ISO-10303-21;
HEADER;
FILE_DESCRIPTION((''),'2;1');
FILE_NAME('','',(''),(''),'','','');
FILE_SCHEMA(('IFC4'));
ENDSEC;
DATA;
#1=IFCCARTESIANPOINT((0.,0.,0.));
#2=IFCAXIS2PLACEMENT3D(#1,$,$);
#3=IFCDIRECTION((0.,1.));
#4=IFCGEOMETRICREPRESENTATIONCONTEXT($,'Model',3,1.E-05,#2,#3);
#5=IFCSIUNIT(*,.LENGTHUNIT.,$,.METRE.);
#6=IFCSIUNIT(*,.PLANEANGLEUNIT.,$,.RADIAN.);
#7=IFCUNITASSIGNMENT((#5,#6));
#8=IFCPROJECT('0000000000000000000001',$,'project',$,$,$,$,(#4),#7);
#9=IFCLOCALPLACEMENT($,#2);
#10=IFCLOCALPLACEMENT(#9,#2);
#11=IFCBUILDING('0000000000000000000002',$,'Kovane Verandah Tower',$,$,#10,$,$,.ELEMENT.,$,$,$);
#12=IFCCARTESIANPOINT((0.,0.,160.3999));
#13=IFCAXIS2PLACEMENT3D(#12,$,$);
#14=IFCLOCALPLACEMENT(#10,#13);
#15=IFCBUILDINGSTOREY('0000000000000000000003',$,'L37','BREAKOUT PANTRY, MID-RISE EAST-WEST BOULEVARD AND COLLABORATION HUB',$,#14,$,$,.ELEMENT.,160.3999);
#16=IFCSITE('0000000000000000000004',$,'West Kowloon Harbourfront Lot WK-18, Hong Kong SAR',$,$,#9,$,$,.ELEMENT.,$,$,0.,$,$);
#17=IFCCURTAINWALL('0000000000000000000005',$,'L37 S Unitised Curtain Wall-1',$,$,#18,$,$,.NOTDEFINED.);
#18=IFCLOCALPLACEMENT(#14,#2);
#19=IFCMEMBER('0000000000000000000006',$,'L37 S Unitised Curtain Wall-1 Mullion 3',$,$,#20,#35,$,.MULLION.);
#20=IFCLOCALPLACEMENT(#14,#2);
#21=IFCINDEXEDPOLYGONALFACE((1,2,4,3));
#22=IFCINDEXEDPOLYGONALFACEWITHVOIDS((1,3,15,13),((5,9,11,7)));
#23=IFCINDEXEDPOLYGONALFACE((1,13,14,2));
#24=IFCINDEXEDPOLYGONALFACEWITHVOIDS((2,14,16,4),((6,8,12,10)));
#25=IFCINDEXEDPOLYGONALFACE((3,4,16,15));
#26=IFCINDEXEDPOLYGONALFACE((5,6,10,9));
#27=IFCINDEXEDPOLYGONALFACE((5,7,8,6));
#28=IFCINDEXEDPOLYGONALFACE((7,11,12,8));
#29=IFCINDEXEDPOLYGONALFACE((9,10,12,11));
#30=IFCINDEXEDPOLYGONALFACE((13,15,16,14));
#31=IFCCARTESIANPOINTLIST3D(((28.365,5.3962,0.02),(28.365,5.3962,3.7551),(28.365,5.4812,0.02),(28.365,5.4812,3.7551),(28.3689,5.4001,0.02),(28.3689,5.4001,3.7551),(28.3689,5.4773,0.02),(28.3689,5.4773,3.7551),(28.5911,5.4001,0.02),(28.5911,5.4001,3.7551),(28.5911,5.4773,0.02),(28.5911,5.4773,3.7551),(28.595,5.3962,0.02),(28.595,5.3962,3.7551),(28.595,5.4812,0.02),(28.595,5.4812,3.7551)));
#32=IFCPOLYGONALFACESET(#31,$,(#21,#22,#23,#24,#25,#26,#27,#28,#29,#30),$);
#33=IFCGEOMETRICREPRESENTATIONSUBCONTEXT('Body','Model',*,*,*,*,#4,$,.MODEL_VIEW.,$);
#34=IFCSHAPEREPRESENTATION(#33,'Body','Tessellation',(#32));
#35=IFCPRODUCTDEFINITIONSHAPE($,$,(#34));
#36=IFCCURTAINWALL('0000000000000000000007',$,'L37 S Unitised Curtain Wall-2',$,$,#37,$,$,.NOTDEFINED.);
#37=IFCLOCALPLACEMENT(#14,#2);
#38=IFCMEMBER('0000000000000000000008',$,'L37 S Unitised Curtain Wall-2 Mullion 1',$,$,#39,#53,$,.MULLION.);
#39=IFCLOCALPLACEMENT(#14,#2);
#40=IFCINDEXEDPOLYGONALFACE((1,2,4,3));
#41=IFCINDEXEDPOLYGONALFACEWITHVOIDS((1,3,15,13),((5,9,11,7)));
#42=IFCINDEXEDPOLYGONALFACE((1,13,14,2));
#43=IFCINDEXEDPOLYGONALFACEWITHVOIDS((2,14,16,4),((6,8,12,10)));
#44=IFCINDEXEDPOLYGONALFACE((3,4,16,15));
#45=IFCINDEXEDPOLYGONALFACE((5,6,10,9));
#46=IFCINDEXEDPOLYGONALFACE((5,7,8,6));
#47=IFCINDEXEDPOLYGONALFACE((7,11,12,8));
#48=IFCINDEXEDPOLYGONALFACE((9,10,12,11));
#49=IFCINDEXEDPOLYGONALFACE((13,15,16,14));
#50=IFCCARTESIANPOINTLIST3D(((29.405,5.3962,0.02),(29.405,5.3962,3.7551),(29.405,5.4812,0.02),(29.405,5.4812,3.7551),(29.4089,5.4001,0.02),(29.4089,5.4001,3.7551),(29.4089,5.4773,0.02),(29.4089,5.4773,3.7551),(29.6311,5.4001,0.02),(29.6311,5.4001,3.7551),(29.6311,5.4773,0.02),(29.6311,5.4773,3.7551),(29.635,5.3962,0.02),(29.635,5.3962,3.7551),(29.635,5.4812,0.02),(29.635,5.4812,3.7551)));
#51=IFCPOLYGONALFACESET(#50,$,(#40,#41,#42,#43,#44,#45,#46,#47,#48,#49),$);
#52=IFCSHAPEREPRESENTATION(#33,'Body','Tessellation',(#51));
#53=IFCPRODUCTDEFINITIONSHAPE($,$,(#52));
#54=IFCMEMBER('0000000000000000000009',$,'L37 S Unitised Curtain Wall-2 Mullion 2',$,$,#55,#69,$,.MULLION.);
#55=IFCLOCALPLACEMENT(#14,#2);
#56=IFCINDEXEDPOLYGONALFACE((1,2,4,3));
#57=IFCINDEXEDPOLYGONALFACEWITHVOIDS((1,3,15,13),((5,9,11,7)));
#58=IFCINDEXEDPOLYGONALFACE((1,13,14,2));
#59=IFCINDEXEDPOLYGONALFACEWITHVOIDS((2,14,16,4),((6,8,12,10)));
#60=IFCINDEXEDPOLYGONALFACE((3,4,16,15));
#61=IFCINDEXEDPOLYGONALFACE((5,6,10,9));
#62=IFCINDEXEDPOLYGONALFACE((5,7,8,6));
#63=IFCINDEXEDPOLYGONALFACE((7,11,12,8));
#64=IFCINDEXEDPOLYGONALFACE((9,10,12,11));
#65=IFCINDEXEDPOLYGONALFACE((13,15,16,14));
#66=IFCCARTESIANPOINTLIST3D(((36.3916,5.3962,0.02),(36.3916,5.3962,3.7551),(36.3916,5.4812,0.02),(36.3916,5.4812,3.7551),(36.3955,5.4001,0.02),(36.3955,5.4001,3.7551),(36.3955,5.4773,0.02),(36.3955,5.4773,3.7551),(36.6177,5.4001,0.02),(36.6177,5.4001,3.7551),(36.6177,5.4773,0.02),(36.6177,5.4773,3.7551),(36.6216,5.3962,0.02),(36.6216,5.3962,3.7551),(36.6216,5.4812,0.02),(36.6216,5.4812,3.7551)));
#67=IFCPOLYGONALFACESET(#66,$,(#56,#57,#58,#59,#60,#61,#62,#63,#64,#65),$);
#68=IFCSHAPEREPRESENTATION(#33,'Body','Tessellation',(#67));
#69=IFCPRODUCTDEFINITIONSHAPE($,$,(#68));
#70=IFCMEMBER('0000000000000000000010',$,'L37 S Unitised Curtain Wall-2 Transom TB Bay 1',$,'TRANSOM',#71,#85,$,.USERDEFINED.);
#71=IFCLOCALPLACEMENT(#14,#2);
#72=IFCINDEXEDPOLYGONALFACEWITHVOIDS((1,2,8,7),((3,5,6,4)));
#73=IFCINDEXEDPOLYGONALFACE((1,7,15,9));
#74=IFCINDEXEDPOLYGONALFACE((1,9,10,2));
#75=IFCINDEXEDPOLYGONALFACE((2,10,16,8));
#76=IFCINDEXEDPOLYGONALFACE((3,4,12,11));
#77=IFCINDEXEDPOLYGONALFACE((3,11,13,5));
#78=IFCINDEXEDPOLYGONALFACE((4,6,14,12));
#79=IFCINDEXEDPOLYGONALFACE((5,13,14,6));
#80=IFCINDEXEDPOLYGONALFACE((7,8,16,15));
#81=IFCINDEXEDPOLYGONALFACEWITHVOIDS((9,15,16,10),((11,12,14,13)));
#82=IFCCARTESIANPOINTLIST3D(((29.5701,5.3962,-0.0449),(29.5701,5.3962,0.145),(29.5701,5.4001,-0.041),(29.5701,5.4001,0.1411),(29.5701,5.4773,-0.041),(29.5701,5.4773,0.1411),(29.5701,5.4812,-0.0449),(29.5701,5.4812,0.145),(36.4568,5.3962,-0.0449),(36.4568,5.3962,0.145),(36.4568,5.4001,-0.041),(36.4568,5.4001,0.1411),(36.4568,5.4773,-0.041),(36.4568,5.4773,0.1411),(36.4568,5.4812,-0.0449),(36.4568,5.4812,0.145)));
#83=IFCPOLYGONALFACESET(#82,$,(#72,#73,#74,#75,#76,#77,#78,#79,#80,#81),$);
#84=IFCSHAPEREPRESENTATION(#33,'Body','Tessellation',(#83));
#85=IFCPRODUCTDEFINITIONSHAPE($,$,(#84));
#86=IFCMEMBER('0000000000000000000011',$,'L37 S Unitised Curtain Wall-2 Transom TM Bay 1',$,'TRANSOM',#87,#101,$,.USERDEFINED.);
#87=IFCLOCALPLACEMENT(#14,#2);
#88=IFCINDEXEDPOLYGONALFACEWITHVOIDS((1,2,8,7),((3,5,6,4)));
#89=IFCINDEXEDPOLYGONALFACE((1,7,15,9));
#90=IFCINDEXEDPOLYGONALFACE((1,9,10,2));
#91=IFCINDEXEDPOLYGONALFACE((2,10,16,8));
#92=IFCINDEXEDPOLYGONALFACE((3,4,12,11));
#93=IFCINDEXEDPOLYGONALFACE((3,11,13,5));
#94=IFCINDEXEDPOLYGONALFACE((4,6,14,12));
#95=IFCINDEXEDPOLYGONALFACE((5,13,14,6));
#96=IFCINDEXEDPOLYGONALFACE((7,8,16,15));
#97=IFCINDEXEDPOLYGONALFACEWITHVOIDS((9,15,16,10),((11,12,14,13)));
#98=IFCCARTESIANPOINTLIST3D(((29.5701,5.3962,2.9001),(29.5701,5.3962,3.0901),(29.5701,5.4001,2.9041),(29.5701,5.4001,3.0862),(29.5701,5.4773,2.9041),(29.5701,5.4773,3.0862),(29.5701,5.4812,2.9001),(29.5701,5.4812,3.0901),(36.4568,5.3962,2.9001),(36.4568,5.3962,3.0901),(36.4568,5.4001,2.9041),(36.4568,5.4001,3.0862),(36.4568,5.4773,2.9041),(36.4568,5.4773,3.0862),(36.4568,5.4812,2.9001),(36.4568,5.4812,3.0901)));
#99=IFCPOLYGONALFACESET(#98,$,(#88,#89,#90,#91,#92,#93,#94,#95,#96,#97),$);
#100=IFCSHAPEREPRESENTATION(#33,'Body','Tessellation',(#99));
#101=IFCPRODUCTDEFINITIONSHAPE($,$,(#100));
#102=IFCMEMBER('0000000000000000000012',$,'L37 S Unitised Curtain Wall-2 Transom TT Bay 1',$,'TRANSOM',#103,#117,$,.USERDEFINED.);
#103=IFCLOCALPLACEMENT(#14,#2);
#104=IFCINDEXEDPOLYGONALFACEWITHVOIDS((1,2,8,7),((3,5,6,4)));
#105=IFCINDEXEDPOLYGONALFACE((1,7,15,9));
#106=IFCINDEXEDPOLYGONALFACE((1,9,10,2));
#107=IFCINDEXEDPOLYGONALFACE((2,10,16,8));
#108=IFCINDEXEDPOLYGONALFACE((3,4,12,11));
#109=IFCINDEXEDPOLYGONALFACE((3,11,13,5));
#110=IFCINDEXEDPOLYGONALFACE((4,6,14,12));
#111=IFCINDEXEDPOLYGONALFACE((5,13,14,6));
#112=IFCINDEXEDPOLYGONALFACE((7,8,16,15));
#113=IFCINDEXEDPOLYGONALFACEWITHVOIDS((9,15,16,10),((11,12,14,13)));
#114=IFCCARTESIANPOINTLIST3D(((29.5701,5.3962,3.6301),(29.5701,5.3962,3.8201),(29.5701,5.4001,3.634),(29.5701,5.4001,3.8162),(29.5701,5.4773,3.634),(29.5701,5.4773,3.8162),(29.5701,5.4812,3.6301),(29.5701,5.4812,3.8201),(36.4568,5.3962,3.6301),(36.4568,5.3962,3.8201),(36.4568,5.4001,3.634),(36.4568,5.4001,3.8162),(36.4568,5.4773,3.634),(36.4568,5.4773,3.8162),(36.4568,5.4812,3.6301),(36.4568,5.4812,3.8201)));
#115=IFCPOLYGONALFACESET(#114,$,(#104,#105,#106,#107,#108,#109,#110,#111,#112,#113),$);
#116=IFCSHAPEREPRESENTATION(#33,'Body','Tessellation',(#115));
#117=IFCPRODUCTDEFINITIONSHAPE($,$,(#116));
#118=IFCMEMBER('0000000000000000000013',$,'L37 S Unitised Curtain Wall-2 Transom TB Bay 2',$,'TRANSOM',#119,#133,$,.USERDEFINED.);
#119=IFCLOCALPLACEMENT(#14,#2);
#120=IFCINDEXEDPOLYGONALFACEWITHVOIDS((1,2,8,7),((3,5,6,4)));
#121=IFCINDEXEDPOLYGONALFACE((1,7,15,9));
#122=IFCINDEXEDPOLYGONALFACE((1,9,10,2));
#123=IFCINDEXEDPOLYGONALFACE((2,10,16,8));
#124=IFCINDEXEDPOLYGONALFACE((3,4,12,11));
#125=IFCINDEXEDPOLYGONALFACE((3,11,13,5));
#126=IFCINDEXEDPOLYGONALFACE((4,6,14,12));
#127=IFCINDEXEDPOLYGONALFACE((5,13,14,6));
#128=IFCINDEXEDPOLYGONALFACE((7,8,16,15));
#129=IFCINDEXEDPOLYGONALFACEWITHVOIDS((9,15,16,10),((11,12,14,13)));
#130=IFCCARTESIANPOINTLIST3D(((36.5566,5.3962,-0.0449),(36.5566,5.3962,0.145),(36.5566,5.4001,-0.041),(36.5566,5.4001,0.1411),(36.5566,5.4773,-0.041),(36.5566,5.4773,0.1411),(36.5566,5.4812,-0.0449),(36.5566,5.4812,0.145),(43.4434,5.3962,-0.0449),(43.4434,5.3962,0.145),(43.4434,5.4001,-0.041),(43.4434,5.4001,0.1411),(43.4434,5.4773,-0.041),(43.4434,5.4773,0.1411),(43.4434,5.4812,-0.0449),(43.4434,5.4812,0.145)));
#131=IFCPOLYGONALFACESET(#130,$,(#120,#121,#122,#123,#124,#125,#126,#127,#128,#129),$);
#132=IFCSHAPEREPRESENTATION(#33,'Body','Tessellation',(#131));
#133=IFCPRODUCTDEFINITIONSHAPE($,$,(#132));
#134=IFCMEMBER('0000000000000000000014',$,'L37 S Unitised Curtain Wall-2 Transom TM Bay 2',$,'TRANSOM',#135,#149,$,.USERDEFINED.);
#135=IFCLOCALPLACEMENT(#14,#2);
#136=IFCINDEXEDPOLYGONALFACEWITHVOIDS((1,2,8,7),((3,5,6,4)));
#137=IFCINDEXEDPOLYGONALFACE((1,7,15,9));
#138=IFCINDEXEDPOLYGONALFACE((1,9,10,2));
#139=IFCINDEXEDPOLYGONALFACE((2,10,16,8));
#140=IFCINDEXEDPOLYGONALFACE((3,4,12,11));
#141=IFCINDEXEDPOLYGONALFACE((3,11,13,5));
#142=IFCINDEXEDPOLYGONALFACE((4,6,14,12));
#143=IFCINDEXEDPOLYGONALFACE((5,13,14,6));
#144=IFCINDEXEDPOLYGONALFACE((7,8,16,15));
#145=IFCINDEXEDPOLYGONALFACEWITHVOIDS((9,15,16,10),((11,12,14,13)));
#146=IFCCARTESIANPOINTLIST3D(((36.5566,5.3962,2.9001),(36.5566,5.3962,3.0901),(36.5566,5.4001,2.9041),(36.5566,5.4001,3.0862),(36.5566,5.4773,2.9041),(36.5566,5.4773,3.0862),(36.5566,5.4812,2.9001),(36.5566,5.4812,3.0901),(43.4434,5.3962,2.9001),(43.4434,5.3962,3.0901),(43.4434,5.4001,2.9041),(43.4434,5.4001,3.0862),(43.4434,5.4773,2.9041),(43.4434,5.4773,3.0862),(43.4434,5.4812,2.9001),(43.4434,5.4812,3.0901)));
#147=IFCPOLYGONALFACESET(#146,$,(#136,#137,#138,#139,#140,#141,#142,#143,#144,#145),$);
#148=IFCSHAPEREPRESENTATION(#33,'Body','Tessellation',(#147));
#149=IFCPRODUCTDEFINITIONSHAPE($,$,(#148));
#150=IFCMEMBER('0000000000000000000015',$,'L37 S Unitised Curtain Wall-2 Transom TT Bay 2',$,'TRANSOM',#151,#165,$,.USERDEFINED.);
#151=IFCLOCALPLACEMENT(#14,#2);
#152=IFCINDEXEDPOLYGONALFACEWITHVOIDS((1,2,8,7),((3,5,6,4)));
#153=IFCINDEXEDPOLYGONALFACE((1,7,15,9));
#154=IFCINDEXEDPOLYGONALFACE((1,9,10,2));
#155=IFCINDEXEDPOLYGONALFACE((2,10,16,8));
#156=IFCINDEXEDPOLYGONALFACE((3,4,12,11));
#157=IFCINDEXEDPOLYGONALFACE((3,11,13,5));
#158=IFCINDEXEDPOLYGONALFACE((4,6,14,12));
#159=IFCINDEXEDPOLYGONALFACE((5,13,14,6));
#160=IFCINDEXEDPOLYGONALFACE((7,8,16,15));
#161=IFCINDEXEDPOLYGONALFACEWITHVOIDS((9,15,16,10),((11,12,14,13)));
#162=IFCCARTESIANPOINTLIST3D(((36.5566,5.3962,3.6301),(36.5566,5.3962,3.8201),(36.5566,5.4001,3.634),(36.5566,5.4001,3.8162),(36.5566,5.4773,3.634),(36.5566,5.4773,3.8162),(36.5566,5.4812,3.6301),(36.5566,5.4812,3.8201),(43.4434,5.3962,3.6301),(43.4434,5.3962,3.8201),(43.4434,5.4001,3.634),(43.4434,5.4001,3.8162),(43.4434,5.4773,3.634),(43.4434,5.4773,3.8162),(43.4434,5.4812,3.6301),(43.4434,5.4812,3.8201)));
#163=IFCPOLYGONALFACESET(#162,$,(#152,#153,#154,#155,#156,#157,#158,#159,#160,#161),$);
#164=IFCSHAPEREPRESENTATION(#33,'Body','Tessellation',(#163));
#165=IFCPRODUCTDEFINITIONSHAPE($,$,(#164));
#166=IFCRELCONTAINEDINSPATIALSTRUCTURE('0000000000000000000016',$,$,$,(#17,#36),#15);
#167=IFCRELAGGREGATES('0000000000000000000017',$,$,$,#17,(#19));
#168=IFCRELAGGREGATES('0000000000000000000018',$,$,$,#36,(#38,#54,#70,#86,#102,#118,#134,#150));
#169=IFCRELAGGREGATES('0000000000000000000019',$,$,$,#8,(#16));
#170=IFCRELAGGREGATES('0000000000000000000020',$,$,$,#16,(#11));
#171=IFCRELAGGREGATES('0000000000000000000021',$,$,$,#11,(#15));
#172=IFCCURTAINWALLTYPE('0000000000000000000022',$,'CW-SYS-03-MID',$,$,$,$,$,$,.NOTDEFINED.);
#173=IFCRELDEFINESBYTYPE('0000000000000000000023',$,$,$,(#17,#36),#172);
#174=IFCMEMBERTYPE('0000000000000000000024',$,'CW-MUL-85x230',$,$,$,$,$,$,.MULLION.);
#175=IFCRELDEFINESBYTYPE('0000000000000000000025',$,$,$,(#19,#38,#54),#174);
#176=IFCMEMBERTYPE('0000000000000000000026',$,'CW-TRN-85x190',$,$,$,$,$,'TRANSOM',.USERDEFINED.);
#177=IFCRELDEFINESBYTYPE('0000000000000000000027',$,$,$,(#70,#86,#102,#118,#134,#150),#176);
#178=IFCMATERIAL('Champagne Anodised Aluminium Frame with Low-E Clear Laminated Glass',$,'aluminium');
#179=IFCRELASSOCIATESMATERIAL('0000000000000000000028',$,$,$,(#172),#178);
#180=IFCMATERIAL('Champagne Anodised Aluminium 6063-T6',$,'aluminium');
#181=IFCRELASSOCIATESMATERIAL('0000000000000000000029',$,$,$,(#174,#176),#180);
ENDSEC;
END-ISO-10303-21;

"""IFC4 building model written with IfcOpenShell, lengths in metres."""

from ifc_helpers import new_model, si_unit, direction, frame, origin, origin_2d, place, context, subcontext, project, spatial, hollow_rectangle, extrude, material, material_profile, profile_set, type_object, element, aggregate, save


model = new_model("IFC4")

# Units and contexts
model_context = context("Model", 3, precision=1e-05, world=origin(), true_north=direction((0.0, 1.0)))
body_context = subcontext(model_context, "Body", "Model", "MODEL_VIEW")
ifc_project = project(units=[si_unit("LENGTHUNIT", "METRE"), si_unit("PLANEANGLEUNIT", "RADIAN")], contexts=[model_context])

# Site, building, storey
site_placement = place(None, origin())
site = spatial("IfcSite", under=ifc_project, at=site_placement, Name="West Kowloon Harbourfront Lot WK-18, Hong Kong SAR", CompositionType="ELEMENT", RefElevation=0.0)
building_placement = place(site_placement, origin())
building = spatial("IfcBuilding", under=site, at=building_placement, Name="Kovane Verandah Tower", CompositionType="ELEMENT")
storey_placement = place(building_placement, frame((0.0, 0.0, 160.3999)))
storey = spatial("IfcBuildingStorey", under=building, at=storey_placement, Name="L37", Description="BREAKOUT PANTRY, MID-RISE EAST-WEST BOULEVARD AND COLLABORATION HUB", CompositionType="ELEMENT", Elevation=160.3999)

# Curtain wall, member
ifc_material_1 = material(Name="Champagne Anodised Aluminium Frame with Low-E Clear Laminated Glass", Category="aluminium")
curtain_wall_type = type_object("IfcCurtainWallType", Name="CW-SYS-03-MID", PredefinedType="NOTDEFINED", material=ifc_material_1)
curtain_wall_1_placement = place(storey_placement, origin())
curtain_wall_1 = element("IfcCurtainWall", 1, at=curtain_wall_1_placement, inside=storey, type_object=curtain_wall_type, Name="L37 S Unitised Curtain Wall-1", PredefinedType="NOTDEFINED")
ifc_material_2 = material(Name="Champagne Anodised Aluminium 6063-T6", Category="aluminium")
ifc_material_profile_1 = material_profile(ifc_material_2, hollow_rectangle(XDim=0.085, YDim=0.23, WallThickness=0.0039, at=origin_2d()), Name="AL85x230x4")
ifc_profile_set_1 = profile_set([ifc_material_profile_1], Name="Champagne Anodised Aluminium 6063-T6")
member_type_1 = type_object("IfcMemberType", Name="CW-MUL-85x230", PredefinedType="MULLION", material=ifc_profile_set_1)
member_1_placement = place(storey_placement, frame((28.48, 5.4387, 0.02), z_axis=(0.0, 0.0, 1.0), x_axis=(0.0, -1.0, 0.0)))
member_1 = element("IfcMember", 2, at=member_1_placement, type_object=member_type_1, Name="L37 S Unitised Curtain Wall-1 Mullion 3", PredefinedType="MULLION", context=body_context, shape_type="SweptSolid", body=[
    extrude(hollow_rectangle(XDim=0.085, YDim=0.23, WallThickness=0.0039, at=origin_2d()), origin(), (0.0, 0.0, 1.0), 3.7351),
])

# Curtain wall, members
curtain_wall_2_placement = place(storey_placement, origin())
curtain_wall_2 = element("IfcCurtainWall", 3, at=curtain_wall_2_placement, inside=storey, type_object=curtain_wall_type, Name="L37 S Unitised Curtain Wall-2", PredefinedType="NOTDEFINED")
member_2_placement = place(storey_placement, frame((29.52, 5.4387, 0.02), z_axis=(0.0, 0.0, 1.0), x_axis=(0.0, -1.0, 0.0)))
member_2 = element("IfcMember", 4, at=member_2_placement, type_object=member_type_1, Name="L37 S Unitised Curtain Wall-2 Mullion 1", PredefinedType="MULLION", context=body_context, shape_type="SweptSolid", body=[
    extrude(hollow_rectangle(XDim=0.085, YDim=0.23, WallThickness=0.0039, at=origin_2d()), origin(), (0.0, 0.0, 1.0), 3.7351),
])
member_3_placement = place(storey_placement, frame((36.5066, 5.4387, 0.02), z_axis=(0.0, 0.0, 1.0), x_axis=(0.0, -1.0, 0.0)))
member_3 = element("IfcMember", 5, at=member_3_placement, type_object=member_type_1, Name="L37 S Unitised Curtain Wall-2 Mullion 2", PredefinedType="MULLION", context=body_context, shape_type="SweptSolid", body=[
    extrude(hollow_rectangle(XDim=0.085, YDim=0.23, WallThickness=0.0039, at=origin_2d()), origin(), (0.0, 0.0, 1.0), 3.7351),
])
ifc_material_profile_2 = material_profile(ifc_material_2, hollow_rectangle(XDim=0.085, YDim=0.1899, WallThickness=0.0039, at=origin_2d()), Name="AL85x190x4")
ifc_profile_set_2 = profile_set([ifc_material_profile_2], Name="Champagne Anodised Aluminium 6063-T6")
member_type_2 = type_object("IfcMemberType", Name="CW-TRN-85x190", ElementType="TRANSOM", PredefinedType="USERDEFINED", material=ifc_profile_set_2)
member_4_placement = place(storey_placement, frame((29.5701, 5.4387, 0.05), z_axis=(1.0, 0.0, 0.0), x_axis=(0.0, 1.0, 0.0)))
member_4 = element("IfcMember", 6, at=member_4_placement, type_object=member_type_2, Name="L37 S Unitised Curtain Wall-2 Transom TB Bay 1", ObjectType="TRANSOM", PredefinedType="USERDEFINED", context=body_context, shape_type="SweptSolid", body=[
    extrude(hollow_rectangle(XDim=0.085, YDim=0.1899, WallThickness=0.0039, at=origin_2d()), origin(), (0.0, 0.0, 1.0), 6.8867),
])
member_5_placement = place(storey_placement, frame((29.5701, 5.4387, 2.9951), z_axis=(1.0, 0.0, 0.0), x_axis=(0.0, 1.0, 0.0)))
member_5 = element("IfcMember", 7, at=member_5_placement, type_object=member_type_2, Name="L37 S Unitised Curtain Wall-2 Transom TM Bay 1", ObjectType="TRANSOM", PredefinedType="USERDEFINED", context=body_context, shape_type="SweptSolid", body=[
    extrude(hollow_rectangle(XDim=0.085, YDim=0.1899, WallThickness=0.0039, at=origin_2d()), origin(), (0.0, 0.0, 1.0), 6.8867),
])
member_6_placement = place(storey_placement, frame((29.5701, 5.4387, 3.7251), z_axis=(1.0, 0.0, 0.0), x_axis=(0.0, 1.0, 0.0)))
member_6 = element("IfcMember", 8, at=member_6_placement, type_object=member_type_2, Name="L37 S Unitised Curtain Wall-2 Transom TT Bay 1", ObjectType="TRANSOM", PredefinedType="USERDEFINED", context=body_context, shape_type="SweptSolid", body=[
    extrude(hollow_rectangle(XDim=0.085, YDim=0.1899, WallThickness=0.0039, at=origin_2d()), origin(), (0.0, 0.0, 1.0), 6.8867),
])
member_7_placement = place(storey_placement, frame((36.5566, 5.4387, 0.05), z_axis=(1.0, 0.0, 0.0), x_axis=(0.0, 1.0, 0.0)))
member_7 = element("IfcMember", 9, at=member_7_placement, type_object=member_type_2, Name="L37 S Unitised Curtain Wall-2 Transom TB Bay 2", ObjectType="TRANSOM", PredefinedType="USERDEFINED", context=body_context, shape_type="SweptSolid", body=[
    extrude(hollow_rectangle(XDim=0.085, YDim=0.1899, WallThickness=0.0039, at=origin_2d()), origin(), (0.0, 0.0, 1.0), 6.8867),
])
member_8_placement = place(storey_placement, frame((36.5566, 5.4387, 2.9951), z_axis=(1.0, 0.0, 0.0), x_axis=(0.0, 1.0, 0.0)))
member_8 = element("IfcMember", 10, at=member_8_placement, type_object=member_type_2, Name="L37 S Unitised Curtain Wall-2 Transom TM Bay 2", ObjectType="TRANSOM", PredefinedType="USERDEFINED", context=body_context, shape_type="SweptSolid", body=[
    extrude(hollow_rectangle(XDim=0.085, YDim=0.1899, WallThickness=0.0039, at=origin_2d()), origin(), (0.0, 0.0, 1.0), 6.8867),
])
member_9_placement = place(storey_placement, frame((36.5566, 5.4387, 3.7251), z_axis=(1.0, 0.0, 0.0), x_axis=(0.0, 1.0, 0.0)))
member_9 = element("IfcMember", 11, at=member_9_placement, type_object=member_type_2, Name="L37 S Unitised Curtain Wall-2 Transom TT Bay 2", ObjectType="TRANSOM", PredefinedType="USERDEFINED", context=body_context, shape_type="SweptSolid", body=[
    extrude(hollow_rectangle(XDim=0.085, YDim=0.1899, WallThickness=0.0039, at=origin_2d()), origin(), (0.0, 0.0, 1.0), 6.8867),
])

aggregate(curtain_wall_1, [member_1])
aggregate(curtain_wall_2, [member_2, member_3, member_4, member_5, member_6, member_7, member_8, member_9])

save(model, "model.ifc")
